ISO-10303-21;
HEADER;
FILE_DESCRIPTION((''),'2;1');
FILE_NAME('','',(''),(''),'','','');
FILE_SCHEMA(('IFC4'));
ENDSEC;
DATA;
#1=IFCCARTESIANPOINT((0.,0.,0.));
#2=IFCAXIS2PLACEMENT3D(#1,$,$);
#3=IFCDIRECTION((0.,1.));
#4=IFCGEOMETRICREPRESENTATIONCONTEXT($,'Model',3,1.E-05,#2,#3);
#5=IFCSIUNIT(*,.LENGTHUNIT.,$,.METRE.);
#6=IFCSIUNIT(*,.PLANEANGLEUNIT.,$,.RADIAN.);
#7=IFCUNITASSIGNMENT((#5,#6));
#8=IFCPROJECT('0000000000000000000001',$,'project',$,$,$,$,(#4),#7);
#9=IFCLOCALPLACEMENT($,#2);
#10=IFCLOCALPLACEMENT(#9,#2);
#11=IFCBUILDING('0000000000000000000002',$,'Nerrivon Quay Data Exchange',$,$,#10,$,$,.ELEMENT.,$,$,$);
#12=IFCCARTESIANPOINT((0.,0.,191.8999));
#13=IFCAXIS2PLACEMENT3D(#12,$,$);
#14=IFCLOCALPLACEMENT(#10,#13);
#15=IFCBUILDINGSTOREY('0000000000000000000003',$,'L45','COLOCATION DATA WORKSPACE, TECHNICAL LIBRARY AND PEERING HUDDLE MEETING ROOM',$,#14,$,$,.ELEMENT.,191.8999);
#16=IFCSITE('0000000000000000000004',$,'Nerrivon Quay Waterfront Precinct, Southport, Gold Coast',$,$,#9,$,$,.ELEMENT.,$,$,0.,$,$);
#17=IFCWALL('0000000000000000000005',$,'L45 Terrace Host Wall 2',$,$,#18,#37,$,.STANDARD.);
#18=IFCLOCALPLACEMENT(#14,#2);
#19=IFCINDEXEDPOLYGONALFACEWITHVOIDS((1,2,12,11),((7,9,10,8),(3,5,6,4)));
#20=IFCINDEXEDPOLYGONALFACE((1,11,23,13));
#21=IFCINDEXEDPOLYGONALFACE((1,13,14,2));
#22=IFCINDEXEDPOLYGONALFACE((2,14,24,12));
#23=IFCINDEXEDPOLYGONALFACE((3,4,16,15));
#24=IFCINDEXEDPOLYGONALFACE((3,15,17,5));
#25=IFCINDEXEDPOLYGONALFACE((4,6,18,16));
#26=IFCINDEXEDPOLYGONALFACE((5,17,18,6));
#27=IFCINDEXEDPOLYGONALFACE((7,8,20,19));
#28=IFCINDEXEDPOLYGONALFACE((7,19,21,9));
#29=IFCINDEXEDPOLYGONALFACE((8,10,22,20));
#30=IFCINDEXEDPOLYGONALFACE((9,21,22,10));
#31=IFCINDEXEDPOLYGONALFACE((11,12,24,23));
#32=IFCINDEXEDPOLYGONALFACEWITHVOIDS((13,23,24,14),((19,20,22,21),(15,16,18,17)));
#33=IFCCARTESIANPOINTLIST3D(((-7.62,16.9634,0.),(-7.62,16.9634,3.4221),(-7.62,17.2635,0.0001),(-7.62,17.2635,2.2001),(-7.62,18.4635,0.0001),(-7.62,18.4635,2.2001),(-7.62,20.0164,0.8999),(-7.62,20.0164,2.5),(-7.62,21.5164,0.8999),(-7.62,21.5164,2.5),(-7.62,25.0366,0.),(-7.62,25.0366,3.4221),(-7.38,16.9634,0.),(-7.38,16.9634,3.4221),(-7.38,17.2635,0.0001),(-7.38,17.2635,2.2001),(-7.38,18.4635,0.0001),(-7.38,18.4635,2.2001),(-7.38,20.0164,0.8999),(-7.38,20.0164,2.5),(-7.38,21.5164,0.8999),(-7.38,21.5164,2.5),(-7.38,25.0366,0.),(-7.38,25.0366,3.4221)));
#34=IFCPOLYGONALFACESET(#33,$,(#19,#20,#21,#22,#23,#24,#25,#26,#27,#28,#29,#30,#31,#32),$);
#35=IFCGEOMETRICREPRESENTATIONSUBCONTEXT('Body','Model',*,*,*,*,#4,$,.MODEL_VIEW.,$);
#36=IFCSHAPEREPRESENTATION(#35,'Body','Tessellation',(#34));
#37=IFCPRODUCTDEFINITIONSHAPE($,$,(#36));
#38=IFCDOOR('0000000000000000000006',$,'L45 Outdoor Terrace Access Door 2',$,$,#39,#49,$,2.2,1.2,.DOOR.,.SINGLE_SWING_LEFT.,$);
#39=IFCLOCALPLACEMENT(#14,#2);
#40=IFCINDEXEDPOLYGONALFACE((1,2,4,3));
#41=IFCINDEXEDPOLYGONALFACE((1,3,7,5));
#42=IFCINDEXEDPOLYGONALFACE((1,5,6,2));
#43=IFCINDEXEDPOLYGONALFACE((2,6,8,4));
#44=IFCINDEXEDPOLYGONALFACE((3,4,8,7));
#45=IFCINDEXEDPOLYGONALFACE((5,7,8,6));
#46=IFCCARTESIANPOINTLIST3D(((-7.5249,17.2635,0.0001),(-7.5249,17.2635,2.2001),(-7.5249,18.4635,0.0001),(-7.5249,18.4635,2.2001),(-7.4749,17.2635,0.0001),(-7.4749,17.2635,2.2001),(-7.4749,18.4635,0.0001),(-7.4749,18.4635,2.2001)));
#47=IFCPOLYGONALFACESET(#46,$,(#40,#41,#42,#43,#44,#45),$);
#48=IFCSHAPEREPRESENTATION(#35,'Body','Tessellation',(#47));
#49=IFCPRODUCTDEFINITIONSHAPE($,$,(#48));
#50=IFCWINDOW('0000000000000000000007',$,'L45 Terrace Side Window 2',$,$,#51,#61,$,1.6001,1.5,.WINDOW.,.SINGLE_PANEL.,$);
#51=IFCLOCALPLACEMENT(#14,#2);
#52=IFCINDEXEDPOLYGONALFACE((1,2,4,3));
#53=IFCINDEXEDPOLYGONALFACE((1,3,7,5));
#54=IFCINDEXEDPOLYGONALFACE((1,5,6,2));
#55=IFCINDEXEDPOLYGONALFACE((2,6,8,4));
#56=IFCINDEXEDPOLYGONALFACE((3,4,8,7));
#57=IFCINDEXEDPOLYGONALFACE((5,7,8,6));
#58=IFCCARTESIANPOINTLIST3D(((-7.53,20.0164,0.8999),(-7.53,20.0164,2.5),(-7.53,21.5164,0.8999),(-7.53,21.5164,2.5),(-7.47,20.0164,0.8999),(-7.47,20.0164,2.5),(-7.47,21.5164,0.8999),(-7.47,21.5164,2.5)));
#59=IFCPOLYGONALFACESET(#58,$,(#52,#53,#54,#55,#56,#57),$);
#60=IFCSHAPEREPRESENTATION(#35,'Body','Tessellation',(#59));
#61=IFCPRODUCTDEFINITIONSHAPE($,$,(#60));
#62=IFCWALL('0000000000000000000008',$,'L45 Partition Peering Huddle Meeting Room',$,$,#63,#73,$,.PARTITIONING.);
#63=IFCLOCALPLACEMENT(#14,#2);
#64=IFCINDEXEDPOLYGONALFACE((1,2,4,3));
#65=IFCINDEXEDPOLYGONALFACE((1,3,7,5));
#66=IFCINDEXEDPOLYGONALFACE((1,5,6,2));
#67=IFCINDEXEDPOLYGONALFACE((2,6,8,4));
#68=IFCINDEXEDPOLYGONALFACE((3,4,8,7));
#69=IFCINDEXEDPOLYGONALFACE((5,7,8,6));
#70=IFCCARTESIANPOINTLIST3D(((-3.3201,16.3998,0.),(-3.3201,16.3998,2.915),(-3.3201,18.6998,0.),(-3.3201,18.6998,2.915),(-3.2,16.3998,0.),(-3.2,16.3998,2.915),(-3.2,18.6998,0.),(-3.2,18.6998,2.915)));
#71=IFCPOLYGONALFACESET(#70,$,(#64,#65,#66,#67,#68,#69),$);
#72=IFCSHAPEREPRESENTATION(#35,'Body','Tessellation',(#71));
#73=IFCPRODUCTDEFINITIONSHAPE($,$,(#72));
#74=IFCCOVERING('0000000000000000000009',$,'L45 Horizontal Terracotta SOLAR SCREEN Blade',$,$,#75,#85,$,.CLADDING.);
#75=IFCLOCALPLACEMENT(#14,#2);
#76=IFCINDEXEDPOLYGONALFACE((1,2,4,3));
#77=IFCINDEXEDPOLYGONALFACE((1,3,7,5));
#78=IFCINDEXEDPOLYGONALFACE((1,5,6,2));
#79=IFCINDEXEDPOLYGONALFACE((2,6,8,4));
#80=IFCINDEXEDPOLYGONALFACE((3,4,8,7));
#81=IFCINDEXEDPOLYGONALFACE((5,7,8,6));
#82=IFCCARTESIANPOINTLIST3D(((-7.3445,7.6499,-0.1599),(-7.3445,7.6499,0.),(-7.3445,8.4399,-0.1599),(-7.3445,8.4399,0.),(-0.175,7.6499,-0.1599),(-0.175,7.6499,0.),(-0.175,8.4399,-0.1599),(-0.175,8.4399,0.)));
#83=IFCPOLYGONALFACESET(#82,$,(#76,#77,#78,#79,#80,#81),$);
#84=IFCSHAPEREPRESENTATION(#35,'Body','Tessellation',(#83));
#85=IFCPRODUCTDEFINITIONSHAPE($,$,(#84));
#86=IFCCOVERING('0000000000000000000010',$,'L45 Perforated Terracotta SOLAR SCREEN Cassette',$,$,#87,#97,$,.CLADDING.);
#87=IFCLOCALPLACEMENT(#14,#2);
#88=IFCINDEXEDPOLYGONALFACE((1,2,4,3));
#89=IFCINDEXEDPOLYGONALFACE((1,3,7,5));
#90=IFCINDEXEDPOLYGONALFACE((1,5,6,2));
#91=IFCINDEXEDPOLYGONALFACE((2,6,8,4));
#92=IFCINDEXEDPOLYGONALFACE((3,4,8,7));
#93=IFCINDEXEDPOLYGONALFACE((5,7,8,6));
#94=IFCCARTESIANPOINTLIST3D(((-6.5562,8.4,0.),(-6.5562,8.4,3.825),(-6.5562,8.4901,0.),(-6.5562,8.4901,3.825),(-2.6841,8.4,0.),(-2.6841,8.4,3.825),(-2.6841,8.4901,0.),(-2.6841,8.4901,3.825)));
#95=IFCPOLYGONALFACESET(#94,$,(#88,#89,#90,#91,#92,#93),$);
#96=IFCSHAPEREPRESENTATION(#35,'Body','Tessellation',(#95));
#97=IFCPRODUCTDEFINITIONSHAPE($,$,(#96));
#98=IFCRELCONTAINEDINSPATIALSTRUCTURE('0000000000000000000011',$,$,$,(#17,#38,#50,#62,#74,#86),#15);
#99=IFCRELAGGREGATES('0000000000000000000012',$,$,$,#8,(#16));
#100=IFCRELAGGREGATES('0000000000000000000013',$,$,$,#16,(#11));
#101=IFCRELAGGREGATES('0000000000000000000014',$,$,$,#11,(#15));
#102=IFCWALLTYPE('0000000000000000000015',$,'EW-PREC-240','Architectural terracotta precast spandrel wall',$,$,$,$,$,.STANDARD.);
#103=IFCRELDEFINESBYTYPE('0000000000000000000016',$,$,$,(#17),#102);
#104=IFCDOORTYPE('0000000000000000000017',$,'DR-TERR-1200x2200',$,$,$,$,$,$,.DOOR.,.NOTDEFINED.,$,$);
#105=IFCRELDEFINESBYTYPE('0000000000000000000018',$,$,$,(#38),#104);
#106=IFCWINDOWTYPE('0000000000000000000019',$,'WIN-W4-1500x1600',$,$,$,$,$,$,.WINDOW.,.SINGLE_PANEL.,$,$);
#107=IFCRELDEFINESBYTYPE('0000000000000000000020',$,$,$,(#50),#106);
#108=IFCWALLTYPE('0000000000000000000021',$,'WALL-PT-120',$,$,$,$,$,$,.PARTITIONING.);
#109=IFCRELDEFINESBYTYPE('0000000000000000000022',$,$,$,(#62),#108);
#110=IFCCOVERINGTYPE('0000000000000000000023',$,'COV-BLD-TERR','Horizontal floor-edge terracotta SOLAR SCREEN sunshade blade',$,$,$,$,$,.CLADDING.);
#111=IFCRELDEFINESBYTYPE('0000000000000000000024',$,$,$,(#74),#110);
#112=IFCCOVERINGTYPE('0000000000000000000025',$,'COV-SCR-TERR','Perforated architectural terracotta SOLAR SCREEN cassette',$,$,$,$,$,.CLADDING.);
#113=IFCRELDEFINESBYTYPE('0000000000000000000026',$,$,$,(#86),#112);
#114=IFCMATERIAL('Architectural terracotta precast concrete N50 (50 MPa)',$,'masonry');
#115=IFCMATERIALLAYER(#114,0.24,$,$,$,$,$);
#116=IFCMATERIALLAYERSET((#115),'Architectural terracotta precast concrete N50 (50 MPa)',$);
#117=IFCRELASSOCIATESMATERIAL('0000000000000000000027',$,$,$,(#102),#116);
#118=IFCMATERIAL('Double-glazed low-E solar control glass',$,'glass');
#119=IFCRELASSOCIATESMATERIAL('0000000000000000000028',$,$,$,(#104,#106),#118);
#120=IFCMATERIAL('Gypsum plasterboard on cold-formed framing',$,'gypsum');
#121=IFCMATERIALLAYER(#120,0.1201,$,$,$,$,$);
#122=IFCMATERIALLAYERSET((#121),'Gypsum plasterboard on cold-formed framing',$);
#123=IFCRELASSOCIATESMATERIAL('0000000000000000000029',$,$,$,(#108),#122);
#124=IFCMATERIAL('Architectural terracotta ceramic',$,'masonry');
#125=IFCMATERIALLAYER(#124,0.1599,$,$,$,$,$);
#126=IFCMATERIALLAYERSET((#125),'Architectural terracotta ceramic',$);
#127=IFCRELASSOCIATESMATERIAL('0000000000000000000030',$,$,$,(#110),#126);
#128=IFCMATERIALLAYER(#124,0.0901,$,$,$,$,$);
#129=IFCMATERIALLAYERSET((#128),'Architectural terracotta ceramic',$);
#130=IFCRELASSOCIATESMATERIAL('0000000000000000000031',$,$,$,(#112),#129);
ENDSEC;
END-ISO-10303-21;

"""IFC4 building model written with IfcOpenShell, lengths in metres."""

from ifc_helpers import new_model, si_unit, direction, frame, frame_2d, origin, origin_2d, place, context, subcontext, project, spatial, polyline, rectangle, outline, extrude, material, layer, layer_set, type_object, element, fill, save


model = new_model("IFC4")

# Units and contexts
model_context = context("Model", 3, precision=1e-05, world=origin(), true_north=direction((0.0, 1.0)))
body_context = subcontext(model_context, "Body", "Model", "MODEL_VIEW")
ifc_project = project(units=[si_unit("LENGTHUNIT", "METRE"), si_unit("PLANEANGLEUNIT", "RADIAN")], contexts=[model_context])

# Site, building, storey
site_placement = place(None, origin())
site = spatial("IfcSite", under=ifc_project, at=site_placement, Name="Nerrivon Quay Waterfront Precinct, Southport, Gold Coast", CompositionType="ELEMENT", RefElevation=0.0)
building_placement = place(site_placement, origin())
building = spatial("IfcBuilding", under=site, at=building_placement, Name="Nerrivon Quay Data Exchange", CompositionType="ELEMENT")
storey_placement = place(building_placement, frame((0.0, 0.0, 191.8999)))
storey = spatial("IfcBuildingStorey", under=building, at=storey_placement, Name="L45", Description="COLOCATION DATA WORKSPACE, TECHNICAL LIBRARY AND PEERING HUDDLE MEETING ROOM", CompositionType="ELEMENT", Elevation=191.8999)

# Shared definitions
ifc_material_1 = material(Name="Double-glazed low-E solar control glass", Category="glass")

# Wall, openings, door, window
ifc_material_2 = material(Name="Architectural terracotta precast concrete N50 (50 MPa)", Category="masonry")
ifc_layer_1 = layer(ifc_material_2, 0.24)
ifc_layer_set_1 = layer_set([ifc_layer_1], Name="Architectural terracotta precast concrete N50 (50 MPa)")
wall_type_1 = type_object("IfcWallType", Name="EW-PREC-240", Description="Architectural terracotta precast spandrel wall", PredefinedType="STANDARD", material=ifc_layer_set_1)
door_type = type_object("IfcDoorType", Name="DR-TERR-1200x2200", OperationType="NOTDEFINED", PredefinedType="DOOR", material=ifc_material_1)
wall_1_placement = place(storey_placement, frame((-7.5, 16.9634, 0.0), z_axis=(0.0, 0.0, 1.0), x_axis=(0.0, 1.0, 0.0)))
wall_1 = element("IfcWall", 1, at=wall_1_placement, inside=storey, type_object=wall_type_1, Name="L45 Terrace Host Wall 2", PredefinedType="STANDARD", context=body_context, shape_type="SweptSolid", body=[
    extrude(rectangle(XDim=8.0732, YDim=0.24, at=frame_2d((4.0366, 0.0))), origin(), (0.0, 0.0, 1.0), 3.4221),
])
opening_1_placement = place(wall_1_placement, frame((0.3, 0.0, 0.0)))
opening_1 = element("IfcOpeningElement", 2, at=opening_1_placement, cuts=wall_1, PredefinedType="OPENING", context=body_context, shape_type="SweptSolid", body=[
    extrude(rectangle(XDim=1.2, YDim=2.2, at=frame_2d((0.6001, 1.1001))), frame((0.0, 0.1299, 0.0), z_axis=(0.0, -1.0, 0.0), x_axis=(1.0, 0.0, 0.0)), (0.0, 0.0, 1.0), 0.26),
])
opening_2_placement = place(wall_1_placement, frame((3.053, 0.0, 0.8999)))
opening_2 = element("IfcOpeningElement", 3, at=opening_2_placement, cuts=wall_1, PredefinedType="OPENING", context=body_context, shape_type="SweptSolid", body=[
    extrude(rectangle(XDim=1.5, YDim=1.6001, at=frame_2d((0.75, 0.8))), frame((0.0, 0.1299, 0.0), z_axis=(0.0, -1.0, 0.0), x_axis=(1.0, 0.0, 0.0)), (0.0, 0.0, 1.0), 0.26),
])
door_1_placement = place(opening_1_placement, origin())
door_1 = element("IfcDoor", 4, at=door_1_placement, inside=storey, type_object=door_type, Name="L45 Outdoor Terrace Access Door 2", OperationType="SINGLE_SWING_LEFT", OverallHeight=2.2, OverallWidth=1.2, PredefinedType="DOOR", context=body_context, shape_type="SweptSolid", body=[
    extrude(rectangle(XDim=1.2, YDim=2.2, at=frame_2d((0.6001, 1.1001))), frame((0.0, 0.0249, 0.0), z_axis=(0.0, -1.0, 0.0), x_axis=(1.0, 0.0, 0.0)), (0.0, 0.0, 1.0), 0.05),
])
fill(opening_1, door_1)
window_type_1 = type_object("IfcWindowType", Name="WIN-W4-1500x1600", PartitioningType="SINGLE_PANEL", PredefinedType="WINDOW", material=ifc_material_1)
window_1_placement = place(opening_2_placement, origin())
window_1 = element("IfcWindow", 5, at=window_1_placement, inside=storey, type_object=window_type_1, Name="L45 Terrace Side Window 2", OverallHeight=1.6001, OverallWidth=1.5, PartitioningType="SINGLE_PANEL", PredefinedType="WINDOW", context=body_context, shape_type="SweptSolid", body=[
    extrude(rectangle(XDim=1.5, YDim=1.6001, at=frame_2d((0.75, 0.8))), frame((0.0, 0.03, 0.0), z_axis=(0.0, -1.0, 0.0), x_axis=(1.0, 0.0, 0.0)), (0.0, 0.0, 1.0), 0.0601),
])
fill(opening_2, window_1)

# Wall
ifc_material_3 = material(Name="Gypsum plasterboard on cold-formed framing", Category="gypsum")
ifc_layer_2 = layer(ifc_material_3, 0.1201)
ifc_layer_set_2 = layer_set([ifc_layer_2], Name="Gypsum plasterboard on cold-formed framing")
wall_type_2 = type_object("IfcWallType", Name="WALL-PT-120", PredefinedType="PARTITIONING", material=ifc_layer_set_2)
wall_2_placement = place(storey_placement, frame((-3.26, 16.3999, 0.0), z_axis=(0.0, 0.0, 1.0), x_axis=(0.0, 1.0, 0.0)))
element("IfcWall", 6, at=wall_2_placement, inside=storey, type_object=wall_type_2, Name="L45 Partition Peering Huddle Meeting Room", PredefinedType="PARTITIONING", context=body_context, shape_type="SweptSolid", body=[
    extrude(rectangle(XDim=2.3, YDim=0.1201, at=frame_2d((1.1499, 0.0))), origin(), (0.0, 0.0, 1.0), 2.915),
])

# Coverings
ifc_material_4 = material(Name="Architectural terracotta ceramic", Category="masonry")
ifc_layer_3 = layer(ifc_material_4, 0.1599)
ifc_layer_set_3 = layer_set([ifc_layer_3], Name="Architectural terracotta ceramic")
covering_type_1 = type_object("IfcCoveringType", Name="COV-BLD-TERR", Description="Horizontal floor-edge terracotta SOLAR SCREEN sunshade blade", PredefinedType="CLADDING", material=ifc_layer_set_3)
covering_1_placement = place(storey_placement, frame((0.0, 0.0, -0.1599)))
element("IfcCovering", 7, at=covering_1_placement, inside=storey, type_object=covering_type_1, Name="L45 Horizontal Terracotta SOLAR SCREEN Blade", PredefinedType="CLADDING", context=body_context, shape_type="SweptSolid", body=[
    extrude(outline(polyline([(-0.175, 8.4399), (-7.3445, 8.4399), (-7.3445, 7.6499), (-0.175, 7.6499), (-0.175, 8.4399)])), origin(), (0.0, 0.0, 1.0), 0.1599),
])
ifc_layer_4 = layer(ifc_material_4, 0.0901)
ifc_layer_set_4 = layer_set([ifc_layer_4], Name="Architectural terracotta ceramic")
covering_type_2 = type_object("IfcCoveringType", Name="COV-SCR-TERR", Description="Perforated architectural terracotta SOLAR SCREEN cassette", PredefinedType="CLADDING", material=ifc_layer_set_4)
covering_2_placement = place(storey_placement, frame((-4.6201, 8.4451, 0.0), z_axis=(0.0, 0.0, 1.0), x_axis=(-1.0, 0.0, 0.0)))
element("IfcCovering", 8, at=covering_2_placement, inside=storey, type_object=covering_type_2, Name="L45 Perforated Terracotta SOLAR SCREEN Cassette", PredefinedType="CLADDING", context=body_context, shape_type="SweptSolid", body=[
    extrude(rectangle(XDim=3.8721, YDim=0.0901, at=origin_2d()), origin(), (0.0, 0.0, 1.0), 3.825),
])

save(model, "model.ifc")
